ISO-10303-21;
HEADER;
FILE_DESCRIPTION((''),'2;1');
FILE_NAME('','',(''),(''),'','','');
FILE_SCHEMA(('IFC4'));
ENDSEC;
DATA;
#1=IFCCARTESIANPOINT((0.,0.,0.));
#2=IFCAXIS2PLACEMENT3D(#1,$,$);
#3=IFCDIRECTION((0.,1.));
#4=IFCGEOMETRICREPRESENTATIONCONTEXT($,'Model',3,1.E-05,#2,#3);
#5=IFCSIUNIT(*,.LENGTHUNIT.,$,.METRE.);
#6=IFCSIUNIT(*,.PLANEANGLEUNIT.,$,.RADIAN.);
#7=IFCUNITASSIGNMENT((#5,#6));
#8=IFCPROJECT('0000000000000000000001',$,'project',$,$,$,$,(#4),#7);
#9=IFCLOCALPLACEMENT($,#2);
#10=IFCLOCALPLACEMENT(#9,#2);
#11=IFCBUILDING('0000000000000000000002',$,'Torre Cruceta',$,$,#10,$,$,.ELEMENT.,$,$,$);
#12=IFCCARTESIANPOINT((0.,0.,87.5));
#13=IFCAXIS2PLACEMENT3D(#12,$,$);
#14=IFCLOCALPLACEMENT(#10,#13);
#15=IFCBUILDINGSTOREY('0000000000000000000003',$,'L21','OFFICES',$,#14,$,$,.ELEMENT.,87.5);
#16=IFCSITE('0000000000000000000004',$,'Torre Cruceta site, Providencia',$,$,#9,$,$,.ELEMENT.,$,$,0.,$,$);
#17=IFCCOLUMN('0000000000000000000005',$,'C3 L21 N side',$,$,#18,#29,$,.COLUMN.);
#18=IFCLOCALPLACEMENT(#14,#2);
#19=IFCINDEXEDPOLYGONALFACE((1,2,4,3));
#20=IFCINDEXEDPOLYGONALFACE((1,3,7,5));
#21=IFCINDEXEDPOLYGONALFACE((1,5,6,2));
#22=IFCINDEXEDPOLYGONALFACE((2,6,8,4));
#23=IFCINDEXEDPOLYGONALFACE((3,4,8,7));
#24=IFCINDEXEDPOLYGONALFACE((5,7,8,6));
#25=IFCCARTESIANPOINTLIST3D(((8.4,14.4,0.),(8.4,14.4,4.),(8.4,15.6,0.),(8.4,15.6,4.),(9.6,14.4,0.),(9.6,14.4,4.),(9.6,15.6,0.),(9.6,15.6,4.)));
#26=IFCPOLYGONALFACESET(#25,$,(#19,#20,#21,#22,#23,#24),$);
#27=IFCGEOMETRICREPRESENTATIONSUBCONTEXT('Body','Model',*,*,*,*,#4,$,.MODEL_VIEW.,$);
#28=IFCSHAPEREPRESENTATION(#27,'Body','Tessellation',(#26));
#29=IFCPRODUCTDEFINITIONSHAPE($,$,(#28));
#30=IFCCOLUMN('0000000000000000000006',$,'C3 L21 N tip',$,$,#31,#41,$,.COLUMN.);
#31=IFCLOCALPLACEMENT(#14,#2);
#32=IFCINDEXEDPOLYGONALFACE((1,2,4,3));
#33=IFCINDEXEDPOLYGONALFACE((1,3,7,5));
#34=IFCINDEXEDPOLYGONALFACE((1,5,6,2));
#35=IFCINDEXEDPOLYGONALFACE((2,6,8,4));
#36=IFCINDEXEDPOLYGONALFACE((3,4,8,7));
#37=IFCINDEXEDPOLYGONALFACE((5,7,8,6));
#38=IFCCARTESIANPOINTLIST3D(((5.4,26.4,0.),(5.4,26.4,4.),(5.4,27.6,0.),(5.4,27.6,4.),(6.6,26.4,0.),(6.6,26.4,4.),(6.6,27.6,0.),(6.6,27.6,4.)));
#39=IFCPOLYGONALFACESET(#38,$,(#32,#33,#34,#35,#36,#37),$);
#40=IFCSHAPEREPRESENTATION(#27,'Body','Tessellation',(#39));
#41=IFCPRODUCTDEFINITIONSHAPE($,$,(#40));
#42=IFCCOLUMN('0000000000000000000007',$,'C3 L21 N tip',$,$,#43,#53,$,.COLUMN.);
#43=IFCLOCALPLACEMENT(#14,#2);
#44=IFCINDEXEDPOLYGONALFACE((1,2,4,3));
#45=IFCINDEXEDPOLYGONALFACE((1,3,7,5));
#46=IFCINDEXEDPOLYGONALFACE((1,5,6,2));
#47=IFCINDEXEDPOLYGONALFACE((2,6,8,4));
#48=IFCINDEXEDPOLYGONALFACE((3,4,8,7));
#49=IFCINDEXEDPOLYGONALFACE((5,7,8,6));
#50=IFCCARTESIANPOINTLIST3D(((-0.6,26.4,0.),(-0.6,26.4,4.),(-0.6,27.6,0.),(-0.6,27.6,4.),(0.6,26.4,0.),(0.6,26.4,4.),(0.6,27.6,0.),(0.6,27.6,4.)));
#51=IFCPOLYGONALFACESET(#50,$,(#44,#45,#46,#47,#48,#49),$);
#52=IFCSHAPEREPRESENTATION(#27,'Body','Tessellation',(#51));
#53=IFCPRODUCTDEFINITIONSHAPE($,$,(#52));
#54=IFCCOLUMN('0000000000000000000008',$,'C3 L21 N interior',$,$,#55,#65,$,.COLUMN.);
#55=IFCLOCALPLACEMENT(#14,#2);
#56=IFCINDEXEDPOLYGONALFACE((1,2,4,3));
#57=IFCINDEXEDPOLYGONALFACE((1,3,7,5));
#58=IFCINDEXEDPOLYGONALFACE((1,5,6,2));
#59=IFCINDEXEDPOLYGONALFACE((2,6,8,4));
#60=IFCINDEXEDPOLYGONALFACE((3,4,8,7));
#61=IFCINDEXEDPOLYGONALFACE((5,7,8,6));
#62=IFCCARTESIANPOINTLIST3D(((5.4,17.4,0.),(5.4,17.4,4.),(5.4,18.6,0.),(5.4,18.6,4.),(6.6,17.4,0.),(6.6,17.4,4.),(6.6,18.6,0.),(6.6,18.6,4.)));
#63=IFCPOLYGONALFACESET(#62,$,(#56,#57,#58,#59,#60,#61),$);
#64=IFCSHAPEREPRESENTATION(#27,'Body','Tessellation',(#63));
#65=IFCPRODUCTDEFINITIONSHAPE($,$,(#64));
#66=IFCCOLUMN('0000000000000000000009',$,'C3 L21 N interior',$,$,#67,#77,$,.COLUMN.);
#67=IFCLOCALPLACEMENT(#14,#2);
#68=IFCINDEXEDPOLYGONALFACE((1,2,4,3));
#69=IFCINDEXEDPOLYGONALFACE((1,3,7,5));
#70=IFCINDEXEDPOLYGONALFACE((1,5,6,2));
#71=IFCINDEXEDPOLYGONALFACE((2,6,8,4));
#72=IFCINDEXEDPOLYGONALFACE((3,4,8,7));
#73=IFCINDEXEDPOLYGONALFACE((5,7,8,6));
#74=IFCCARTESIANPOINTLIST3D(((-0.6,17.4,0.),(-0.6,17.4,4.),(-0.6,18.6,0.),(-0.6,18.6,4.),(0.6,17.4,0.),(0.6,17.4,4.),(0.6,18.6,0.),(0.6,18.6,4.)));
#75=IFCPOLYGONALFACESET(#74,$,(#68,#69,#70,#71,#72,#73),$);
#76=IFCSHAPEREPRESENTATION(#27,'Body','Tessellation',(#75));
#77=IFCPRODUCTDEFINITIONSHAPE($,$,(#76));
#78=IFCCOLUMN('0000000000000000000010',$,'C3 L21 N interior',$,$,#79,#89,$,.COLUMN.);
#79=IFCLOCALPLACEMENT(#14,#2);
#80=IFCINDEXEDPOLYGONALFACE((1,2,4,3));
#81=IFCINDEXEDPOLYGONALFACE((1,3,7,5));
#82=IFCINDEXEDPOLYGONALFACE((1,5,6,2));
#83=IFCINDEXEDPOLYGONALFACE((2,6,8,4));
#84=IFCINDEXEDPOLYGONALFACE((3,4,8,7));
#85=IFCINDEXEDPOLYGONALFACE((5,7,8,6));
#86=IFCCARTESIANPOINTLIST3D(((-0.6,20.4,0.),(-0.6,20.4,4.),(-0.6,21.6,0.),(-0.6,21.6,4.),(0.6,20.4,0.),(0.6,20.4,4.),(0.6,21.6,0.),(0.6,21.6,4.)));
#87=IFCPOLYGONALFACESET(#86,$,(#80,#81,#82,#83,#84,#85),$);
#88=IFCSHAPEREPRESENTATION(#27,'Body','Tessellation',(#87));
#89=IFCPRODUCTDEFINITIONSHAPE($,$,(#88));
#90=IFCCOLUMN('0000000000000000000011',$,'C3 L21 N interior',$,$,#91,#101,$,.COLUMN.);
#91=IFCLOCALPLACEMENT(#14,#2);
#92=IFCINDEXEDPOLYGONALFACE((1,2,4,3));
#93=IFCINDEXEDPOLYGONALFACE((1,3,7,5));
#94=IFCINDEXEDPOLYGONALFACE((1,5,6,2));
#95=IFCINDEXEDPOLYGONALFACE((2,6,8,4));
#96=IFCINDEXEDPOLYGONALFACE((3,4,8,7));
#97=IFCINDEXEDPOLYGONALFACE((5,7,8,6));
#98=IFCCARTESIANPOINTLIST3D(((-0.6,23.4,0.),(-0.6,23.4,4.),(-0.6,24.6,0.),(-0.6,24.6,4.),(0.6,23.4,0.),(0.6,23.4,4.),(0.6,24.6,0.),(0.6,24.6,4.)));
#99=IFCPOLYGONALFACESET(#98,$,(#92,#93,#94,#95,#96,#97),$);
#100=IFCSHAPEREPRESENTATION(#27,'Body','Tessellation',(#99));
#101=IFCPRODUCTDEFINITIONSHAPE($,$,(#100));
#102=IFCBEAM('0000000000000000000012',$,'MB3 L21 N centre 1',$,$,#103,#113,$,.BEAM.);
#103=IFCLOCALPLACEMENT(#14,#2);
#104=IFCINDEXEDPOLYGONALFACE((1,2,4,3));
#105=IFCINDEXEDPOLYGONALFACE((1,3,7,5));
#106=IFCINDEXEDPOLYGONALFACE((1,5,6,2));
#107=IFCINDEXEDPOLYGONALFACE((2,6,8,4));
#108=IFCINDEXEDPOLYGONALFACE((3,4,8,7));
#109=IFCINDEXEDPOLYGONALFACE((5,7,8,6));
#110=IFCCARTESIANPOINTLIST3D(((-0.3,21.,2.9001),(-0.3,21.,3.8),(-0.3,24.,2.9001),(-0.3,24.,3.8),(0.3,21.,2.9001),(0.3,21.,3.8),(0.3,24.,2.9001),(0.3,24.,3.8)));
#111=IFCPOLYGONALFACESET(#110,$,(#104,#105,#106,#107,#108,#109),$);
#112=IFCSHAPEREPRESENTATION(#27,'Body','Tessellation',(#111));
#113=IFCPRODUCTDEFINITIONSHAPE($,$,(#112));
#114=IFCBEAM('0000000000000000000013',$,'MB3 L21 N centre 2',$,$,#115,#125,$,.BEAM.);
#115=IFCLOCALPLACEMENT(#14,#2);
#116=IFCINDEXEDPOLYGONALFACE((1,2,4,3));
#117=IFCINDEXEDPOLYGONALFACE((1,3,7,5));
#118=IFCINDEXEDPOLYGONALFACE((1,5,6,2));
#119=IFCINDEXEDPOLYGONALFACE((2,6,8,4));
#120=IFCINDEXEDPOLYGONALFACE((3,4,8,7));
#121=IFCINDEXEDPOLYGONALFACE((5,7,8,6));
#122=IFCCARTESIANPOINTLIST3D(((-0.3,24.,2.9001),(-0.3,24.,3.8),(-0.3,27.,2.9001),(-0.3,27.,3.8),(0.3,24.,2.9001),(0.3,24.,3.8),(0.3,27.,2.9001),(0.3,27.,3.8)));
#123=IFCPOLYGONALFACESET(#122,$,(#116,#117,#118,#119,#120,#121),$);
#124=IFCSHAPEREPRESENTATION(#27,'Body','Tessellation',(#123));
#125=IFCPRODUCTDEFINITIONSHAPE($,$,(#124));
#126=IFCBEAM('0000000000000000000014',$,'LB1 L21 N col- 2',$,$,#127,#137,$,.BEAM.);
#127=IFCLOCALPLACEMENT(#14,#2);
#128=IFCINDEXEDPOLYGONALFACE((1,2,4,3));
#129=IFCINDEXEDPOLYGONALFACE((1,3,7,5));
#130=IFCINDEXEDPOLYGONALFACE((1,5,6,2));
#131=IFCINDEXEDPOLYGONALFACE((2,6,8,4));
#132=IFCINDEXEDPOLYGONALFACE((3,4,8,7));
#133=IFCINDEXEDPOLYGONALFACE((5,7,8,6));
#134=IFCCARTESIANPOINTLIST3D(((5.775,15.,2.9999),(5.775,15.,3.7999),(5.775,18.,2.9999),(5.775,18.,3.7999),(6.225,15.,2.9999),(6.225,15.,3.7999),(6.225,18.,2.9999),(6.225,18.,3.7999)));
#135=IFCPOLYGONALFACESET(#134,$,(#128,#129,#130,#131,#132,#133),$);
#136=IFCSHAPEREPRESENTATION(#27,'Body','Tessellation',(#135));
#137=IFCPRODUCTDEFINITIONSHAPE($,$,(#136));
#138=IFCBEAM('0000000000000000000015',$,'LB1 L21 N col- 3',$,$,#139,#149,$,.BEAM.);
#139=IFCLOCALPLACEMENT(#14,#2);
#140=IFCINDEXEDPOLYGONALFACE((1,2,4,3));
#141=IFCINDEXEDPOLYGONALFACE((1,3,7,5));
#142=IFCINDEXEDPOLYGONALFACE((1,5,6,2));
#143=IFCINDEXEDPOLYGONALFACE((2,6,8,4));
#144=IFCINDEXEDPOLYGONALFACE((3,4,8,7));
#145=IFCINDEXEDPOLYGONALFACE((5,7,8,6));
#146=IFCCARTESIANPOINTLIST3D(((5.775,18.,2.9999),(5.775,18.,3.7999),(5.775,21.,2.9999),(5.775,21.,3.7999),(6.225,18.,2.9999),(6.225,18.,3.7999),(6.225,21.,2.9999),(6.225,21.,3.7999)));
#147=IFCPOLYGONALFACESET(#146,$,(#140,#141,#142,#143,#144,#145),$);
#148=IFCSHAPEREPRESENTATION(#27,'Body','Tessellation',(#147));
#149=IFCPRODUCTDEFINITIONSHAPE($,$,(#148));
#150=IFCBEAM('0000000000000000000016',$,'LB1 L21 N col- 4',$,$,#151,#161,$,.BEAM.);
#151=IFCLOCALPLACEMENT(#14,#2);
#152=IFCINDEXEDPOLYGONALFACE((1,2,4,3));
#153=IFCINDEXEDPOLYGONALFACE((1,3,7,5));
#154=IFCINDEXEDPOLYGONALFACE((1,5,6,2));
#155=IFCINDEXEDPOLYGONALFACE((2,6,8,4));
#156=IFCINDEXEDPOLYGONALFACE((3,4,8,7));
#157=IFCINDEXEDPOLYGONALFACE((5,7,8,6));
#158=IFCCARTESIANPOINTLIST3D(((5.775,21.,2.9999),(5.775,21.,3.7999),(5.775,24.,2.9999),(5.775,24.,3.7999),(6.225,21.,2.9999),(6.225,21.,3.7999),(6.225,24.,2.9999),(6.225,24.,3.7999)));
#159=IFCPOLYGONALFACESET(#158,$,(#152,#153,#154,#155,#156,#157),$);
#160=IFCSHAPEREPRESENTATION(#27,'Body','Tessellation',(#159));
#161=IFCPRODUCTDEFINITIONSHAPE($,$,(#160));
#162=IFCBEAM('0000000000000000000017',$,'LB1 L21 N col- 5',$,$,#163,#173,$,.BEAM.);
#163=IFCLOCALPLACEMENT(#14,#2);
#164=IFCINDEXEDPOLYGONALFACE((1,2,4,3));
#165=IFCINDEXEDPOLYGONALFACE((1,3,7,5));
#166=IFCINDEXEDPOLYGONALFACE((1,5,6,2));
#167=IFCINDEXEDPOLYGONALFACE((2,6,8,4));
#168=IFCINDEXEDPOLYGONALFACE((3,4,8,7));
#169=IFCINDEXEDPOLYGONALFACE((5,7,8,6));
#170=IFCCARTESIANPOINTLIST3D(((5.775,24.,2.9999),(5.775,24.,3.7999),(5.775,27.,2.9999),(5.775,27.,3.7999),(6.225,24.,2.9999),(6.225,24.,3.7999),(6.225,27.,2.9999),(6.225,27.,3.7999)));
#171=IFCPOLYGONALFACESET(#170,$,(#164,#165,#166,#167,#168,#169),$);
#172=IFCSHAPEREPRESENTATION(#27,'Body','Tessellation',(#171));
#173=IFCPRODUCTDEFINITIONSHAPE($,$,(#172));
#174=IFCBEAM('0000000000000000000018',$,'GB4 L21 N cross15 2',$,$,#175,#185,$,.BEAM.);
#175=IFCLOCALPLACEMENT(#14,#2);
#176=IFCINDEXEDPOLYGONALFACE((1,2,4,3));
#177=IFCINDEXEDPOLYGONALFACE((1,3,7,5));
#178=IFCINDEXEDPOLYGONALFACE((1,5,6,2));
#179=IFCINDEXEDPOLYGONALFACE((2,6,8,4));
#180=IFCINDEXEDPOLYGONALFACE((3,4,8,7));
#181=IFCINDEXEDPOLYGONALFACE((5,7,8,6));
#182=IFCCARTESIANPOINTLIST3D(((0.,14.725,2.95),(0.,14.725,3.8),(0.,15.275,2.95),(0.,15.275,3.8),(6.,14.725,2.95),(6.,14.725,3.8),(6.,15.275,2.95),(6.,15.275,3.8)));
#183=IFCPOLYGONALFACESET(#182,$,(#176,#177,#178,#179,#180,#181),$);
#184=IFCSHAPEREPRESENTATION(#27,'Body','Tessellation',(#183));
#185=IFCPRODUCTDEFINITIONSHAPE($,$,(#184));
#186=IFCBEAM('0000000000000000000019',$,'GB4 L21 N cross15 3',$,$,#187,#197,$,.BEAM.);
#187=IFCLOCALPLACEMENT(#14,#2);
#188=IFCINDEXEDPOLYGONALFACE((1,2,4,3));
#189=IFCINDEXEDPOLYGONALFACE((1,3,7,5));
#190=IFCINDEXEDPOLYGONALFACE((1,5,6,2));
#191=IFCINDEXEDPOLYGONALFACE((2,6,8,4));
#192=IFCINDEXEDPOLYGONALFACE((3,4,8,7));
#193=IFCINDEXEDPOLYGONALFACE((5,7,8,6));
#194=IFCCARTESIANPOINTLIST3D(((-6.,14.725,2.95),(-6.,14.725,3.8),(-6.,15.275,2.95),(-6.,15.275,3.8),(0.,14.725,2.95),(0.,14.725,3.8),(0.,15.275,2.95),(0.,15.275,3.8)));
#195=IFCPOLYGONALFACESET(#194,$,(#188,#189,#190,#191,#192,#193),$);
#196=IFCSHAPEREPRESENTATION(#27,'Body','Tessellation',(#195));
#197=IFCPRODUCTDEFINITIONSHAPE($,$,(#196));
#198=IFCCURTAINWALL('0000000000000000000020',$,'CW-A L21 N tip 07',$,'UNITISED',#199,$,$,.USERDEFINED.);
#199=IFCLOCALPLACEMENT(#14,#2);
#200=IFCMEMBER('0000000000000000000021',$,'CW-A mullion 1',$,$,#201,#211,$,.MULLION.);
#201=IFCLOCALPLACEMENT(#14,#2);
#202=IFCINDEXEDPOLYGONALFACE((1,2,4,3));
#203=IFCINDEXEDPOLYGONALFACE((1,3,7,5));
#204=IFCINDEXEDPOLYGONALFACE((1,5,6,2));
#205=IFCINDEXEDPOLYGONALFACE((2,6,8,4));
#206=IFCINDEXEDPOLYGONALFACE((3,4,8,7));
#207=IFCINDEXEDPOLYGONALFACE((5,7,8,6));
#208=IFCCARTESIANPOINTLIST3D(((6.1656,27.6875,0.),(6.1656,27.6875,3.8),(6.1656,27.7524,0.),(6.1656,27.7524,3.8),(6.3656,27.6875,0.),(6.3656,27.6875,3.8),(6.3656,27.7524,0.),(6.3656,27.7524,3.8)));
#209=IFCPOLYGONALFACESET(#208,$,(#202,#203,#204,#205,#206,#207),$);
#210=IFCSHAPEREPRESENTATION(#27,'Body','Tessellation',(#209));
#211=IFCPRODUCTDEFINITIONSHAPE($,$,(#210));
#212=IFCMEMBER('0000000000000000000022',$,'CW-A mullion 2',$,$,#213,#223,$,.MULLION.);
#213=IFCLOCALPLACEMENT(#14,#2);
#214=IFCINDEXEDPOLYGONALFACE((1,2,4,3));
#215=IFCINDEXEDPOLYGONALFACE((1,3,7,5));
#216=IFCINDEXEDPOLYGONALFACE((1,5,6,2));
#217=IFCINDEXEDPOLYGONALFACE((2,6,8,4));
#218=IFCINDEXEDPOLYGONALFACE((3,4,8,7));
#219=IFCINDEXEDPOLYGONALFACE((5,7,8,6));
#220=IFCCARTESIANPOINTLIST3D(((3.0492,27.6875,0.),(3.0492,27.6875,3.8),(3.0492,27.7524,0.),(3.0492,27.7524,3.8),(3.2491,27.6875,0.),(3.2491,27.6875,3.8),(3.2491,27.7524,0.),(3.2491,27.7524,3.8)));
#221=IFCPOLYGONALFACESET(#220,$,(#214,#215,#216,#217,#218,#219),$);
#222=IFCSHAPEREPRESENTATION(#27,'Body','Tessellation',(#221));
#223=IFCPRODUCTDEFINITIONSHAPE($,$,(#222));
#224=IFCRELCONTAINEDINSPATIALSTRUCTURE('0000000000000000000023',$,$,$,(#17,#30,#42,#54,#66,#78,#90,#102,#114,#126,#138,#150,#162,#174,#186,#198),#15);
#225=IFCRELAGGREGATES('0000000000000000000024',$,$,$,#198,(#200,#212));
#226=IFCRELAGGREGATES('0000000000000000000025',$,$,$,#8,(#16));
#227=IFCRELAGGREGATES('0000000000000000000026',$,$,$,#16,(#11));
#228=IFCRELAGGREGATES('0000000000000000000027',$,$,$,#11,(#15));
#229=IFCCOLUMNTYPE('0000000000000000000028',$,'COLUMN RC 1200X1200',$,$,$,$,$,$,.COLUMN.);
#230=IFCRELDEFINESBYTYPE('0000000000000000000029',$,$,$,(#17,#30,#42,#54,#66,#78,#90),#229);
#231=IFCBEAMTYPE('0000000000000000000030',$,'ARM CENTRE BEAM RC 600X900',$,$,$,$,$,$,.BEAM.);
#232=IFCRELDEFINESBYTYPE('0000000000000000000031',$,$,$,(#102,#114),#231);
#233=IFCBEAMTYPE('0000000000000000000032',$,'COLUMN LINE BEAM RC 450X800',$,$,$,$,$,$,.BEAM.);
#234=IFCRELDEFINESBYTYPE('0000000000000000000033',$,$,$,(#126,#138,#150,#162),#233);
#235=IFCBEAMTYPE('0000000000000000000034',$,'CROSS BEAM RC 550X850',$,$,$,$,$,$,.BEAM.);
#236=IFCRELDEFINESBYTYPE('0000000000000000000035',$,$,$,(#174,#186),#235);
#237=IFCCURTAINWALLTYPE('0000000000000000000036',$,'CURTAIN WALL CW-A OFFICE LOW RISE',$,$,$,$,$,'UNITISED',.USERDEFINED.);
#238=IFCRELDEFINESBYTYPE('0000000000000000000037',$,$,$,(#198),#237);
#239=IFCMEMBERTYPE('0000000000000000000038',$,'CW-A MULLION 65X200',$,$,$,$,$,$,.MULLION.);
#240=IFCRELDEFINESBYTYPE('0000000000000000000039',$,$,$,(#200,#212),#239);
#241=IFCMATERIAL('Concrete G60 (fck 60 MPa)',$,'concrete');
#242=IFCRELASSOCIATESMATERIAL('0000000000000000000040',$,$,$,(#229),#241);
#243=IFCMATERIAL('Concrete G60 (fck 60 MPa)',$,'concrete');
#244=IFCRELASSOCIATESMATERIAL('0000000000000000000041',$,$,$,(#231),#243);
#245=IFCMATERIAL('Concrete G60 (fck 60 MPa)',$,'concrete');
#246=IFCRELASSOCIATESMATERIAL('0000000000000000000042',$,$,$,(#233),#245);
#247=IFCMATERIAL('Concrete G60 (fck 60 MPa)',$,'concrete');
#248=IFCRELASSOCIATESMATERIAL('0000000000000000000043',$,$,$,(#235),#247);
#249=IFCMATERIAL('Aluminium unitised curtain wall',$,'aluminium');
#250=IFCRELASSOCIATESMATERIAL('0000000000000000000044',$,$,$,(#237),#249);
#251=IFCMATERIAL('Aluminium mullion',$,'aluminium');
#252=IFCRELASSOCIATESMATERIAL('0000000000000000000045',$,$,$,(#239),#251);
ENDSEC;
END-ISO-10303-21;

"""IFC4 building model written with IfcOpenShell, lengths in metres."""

from ifc_helpers import new_model, si_unit, direction, frame, origin, origin_2d, place, context, subcontext, project, spatial, rectangle, extrude, material, material_profile, profile_set, type_object, element, aggregate, save


model = new_model("IFC4")

# Units and contexts
model_context = context("Model", 3, precision=1e-05, world=origin(), true_north=direction((0.0, 1.0)))
body_context = subcontext(model_context, "Body", "Model", "MODEL_VIEW")
ifc_project = project(units=[si_unit("LENGTHUNIT", "METRE"), si_unit("PLANEANGLEUNIT", "RADIAN")], contexts=[model_context])

# Site, building, storey
site_placement = place(None, origin())
site = spatial("IfcSite", under=ifc_project, at=site_placement, Name="Torre Cruceta site, Providencia", CompositionType="ELEMENT", RefElevation=0.0)
building_placement = place(site_placement, origin())
building = spatial("IfcBuilding", under=site, at=building_placement, Name="Torre Cruceta", CompositionType="ELEMENT")
storey_placement = place(building_placement, frame((0.0, 0.0, 87.5)))
storey = spatial("IfcBuildingStorey", under=building, at=storey_placement, Name="L21", Description="OFFICES", CompositionType="ELEMENT", Elevation=87.5)

# Columns
ifc_material_1 = material(Name="Concrete G60 (fck 60 MPa)", Category="concrete")
ifc_material_profile_1 = material_profile(ifc_material_1, rectangle(XDim=1.2, YDim=1.2, at=origin_2d()), Name="RC 1200X1200")
ifc_profile_set_1 = profile_set([ifc_material_profile_1], Name="Concrete G60 (fck 60 MPa)")
column_type = type_object("IfcColumnType", Name="COLUMN RC 1200X1200", PredefinedType="COLUMN", material=ifc_profile_set_1)
for number, where, z_axis, x_axis, name in (
    (1, (9.0, 15.0, 0.0), (0.0, 0.0, 1.0), (1.0, 0.0, 0.0), "C3 L21 N side"),
    (2, (6.0, 27.0, 0.0), (0.0, 0.0, 1.0), (1.0, 0.0, 0.0), "C3 L21 N tip"),
    (3, (0.0, 27.0, 0.0), (0.0, 0.0, 1.0), (1.0, 0.0, 0.0), "C3 L21 N tip"),
    (4, (6.0, 18.0, 0.0), (0.0, 0.0, 1.0), (1.0, 0.0, 0.0), "C3 L21 N interior"),
    (5, (0.0, 18.0, 0.0), (0.0, 0.0, 1.0), (1.0, 0.0, 0.0), "C3 L21 N interior"),
    (6, (0.0, 21.0, 0.0), (0.0, 0.0, 1.0), (1.0, 0.0, 0.0), "C3 L21 N interior"),
    (7, (0.0, 24.0, 0.0), (0.0, 0.0, 1.0), (1.0, 0.0, 0.0), "C3 L21 N interior"),
):
    element("IfcColumn", number, at=place(storey_placement, frame(where, z_axis=z_axis, x_axis=x_axis)), inside=storey, type_object=column_type, Name=name, PredefinedType="COLUMN", context=body_context, shape_type="SweptSolid", body=[
        extrude(rectangle(XDim=1.2, YDim=1.2, at=origin_2d()), origin(), (0.0, 0.0, 1.0), 4.0),
    ])

# Beams
ifc_material_2 = material(Name="Concrete G60 (fck 60 MPa)", Category="concrete")
ifc_material_profile_2 = material_profile(ifc_material_2, rectangle(XDim=0.6001, YDim=0.8999, at=origin_2d()), Name="RC 600X900")
ifc_profile_set_2 = profile_set([ifc_material_profile_2], Name="Concrete G60 (fck 60 MPa)")
beam_type_1 = type_object("IfcBeamType", Name="ARM CENTRE BEAM RC 600X900", PredefinedType="BEAM", material=ifc_profile_set_2)
for number, where, z_axis, x_axis, name in (
    (8, (0.0, 21.0, 3.3501), (0.0, 1.0, 0.0), (-1.0, 0.0, 0.0), "MB3 L21 N centre 1"),
    (9, (0.0, 24.0, 3.3501), (0.0, 1.0, 0.0), (-1.0, 0.0, 0.0), "MB3 L21 N centre 2"),
):
    element("IfcBeam", number, at=place(storey_placement, frame(where, z_axis=z_axis, x_axis=x_axis)), inside=storey, type_object=beam_type_1, Name=name, PredefinedType="BEAM", context=body_context, shape_type="SweptSolid", body=[
        extrude(rectangle(XDim=0.6001, YDim=0.8999, at=origin_2d()), origin(), (0.0, 0.0, 1.0), 3.0),
    ])
ifc_material_3 = material(Name="Concrete G60 (fck 60 MPa)", Category="concrete")
ifc_material_profile_3 = material_profile(ifc_material_3, rectangle(XDim=0.45, YDim=0.8, at=origin_2d()), Name="RC 450X800")
ifc_profile_set_3 = profile_set([ifc_material_profile_3], Name="Concrete G60 (fck 60 MPa)")
beam_type_2 = type_object("IfcBeamType", Name="COLUMN LINE BEAM RC 450X800", PredefinedType="BEAM", material=ifc_profile_set_3)
for number, where, z_axis, x_axis, name in (
    (10, (6.0, 15.0, 3.3999), (0.0, 1.0, 0.0), (-1.0, 0.0, 0.0), "LB1 L21 N col- 2"),
    (11, (6.0, 18.0, 3.3999), (0.0, 1.0, 0.0), (-1.0, 0.0, 0.0), "LB1 L21 N col- 3"),
    (12, (6.0, 21.0, 3.3999), (0.0, 1.0, 0.0), (-1.0, 0.0, 0.0), "LB1 L21 N col- 4"),
    (13, (6.0, 24.0, 3.3999), (0.0, 1.0, 0.0), (-1.0, 0.0, 0.0), "LB1 L21 N col- 5"),
):
    element("IfcBeam", number, at=place(storey_placement, frame(where, z_axis=z_axis, x_axis=x_axis)), inside=storey, type_object=beam_type_2, Name=name, PredefinedType="BEAM", context=body_context, shape_type="SweptSolid", body=[
        extrude(rectangle(XDim=0.45, YDim=0.8, at=origin_2d()), origin(), (0.0, 0.0, 1.0), 3.0),
    ])
ifc_material_4 = material(Name="Concrete G60 (fck 60 MPa)", Category="concrete")
ifc_material_profile_4 = material_profile(ifc_material_4, rectangle(XDim=0.55, YDim=0.8501, at=origin_2d()), Name="RC 550X850")
ifc_profile_set_4 = profile_set([ifc_material_profile_4], Name="Concrete G60 (fck 60 MPa)")
beam_type_3 = type_object("IfcBeamType", Name="CROSS BEAM RC 550X850", PredefinedType="BEAM", material=ifc_profile_set_4)
for number, where, z_axis, x_axis, name in (
    (14, (6.0, 15.0, 3.375), (-1.0, 0.0, 0.0), (0.0, -1.0, 0.0), "GB4 L21 N cross15 2"),
    (15, (0.0, 15.0, 3.375), (-1.0, 0.0, 0.0), (0.0, -1.0, 0.0), "GB4 L21 N cross15 3"),
):
    element("IfcBeam", number, at=place(storey_placement, frame(where, z_axis=z_axis, x_axis=x_axis)), inside=storey, type_object=beam_type_3, Name=name, PredefinedType="BEAM", context=body_context, shape_type="SweptSolid", body=[
        extrude(rectangle(XDim=0.55, YDim=0.8501, at=origin_2d()), origin(), (0.0, 0.0, 1.0), 6.0),
    ])

# Curtain wall, members
ifc_material_5 = material(Name="Aluminium unitised curtain wall", Category="aluminium")
curtain_wall_type = type_object("IfcCurtainWallType", Name="CURTAIN WALL CW-A OFFICE LOW RISE", ElementType="UNITISED", PredefinedType="USERDEFINED", material=ifc_material_5)
curtain_wall_placement = place(storey_placement, origin())
curtain_wall = element("IfcCurtainWall", 16, at=curtain_wall_placement, inside=storey, type_object=curtain_wall_type, Name="CW-A L21 N tip 07", ObjectType="UNITISED", PredefinedType="USERDEFINED")
ifc_material_6 = material(Name="Aluminium mullion", Category="aluminium")
ifc_material_profile_5 = material_profile(ifc_material_6, rectangle(XDim=0.0649, YDim=0.2, at=origin_2d()), Name="AL 65X200")
ifc_profile_set_5 = profile_set([ifc_material_profile_5], Name="Aluminium mullion")
member_type_1 = type_object("IfcMemberType", Name="CW-A MULLION 65X200", PredefinedType="MULLION", material=ifc_profile_set_5)
member_1_placement = place(storey_placement, frame((6.2656, 27.72, 0.0), z_axis=(0.0, 0.0, 1.0), x_axis=(0.0, -1.0, 0.0)))
member_1 = element("IfcMember", 17, at=member_1_placement, type_object=member_type_1, Name="CW-A mullion 1", PredefinedType="MULLION", context=body_context, shape_type="SweptSolid", body=[
    extrude(rectangle(XDim=0.0649, YDim=0.2, at=origin_2d()), origin(), (0.0, 0.0, 1.0), 3.8),
])
member_2_placement = place(storey_placement, frame((3.1492, 27.72, 0.0), z_axis=(0.0, 0.0, 1.0), x_axis=(0.0, -1.0, 0.0)))
member_2 = element("IfcMember", 18, at=member_2_placement, type_object=member_type_1, Name="CW-A mullion 2", PredefinedType="MULLION", context=body_context, shape_type="SweptSolid", body=[
    extrude(rectangle(XDim=0.0649, YDim=0.2, at=origin_2d()), origin(), (0.0, 0.0, 1.0), 3.8),
])

aggregate(curtain_wall, [member_1, member_2])

save(model, "model.ifc")
